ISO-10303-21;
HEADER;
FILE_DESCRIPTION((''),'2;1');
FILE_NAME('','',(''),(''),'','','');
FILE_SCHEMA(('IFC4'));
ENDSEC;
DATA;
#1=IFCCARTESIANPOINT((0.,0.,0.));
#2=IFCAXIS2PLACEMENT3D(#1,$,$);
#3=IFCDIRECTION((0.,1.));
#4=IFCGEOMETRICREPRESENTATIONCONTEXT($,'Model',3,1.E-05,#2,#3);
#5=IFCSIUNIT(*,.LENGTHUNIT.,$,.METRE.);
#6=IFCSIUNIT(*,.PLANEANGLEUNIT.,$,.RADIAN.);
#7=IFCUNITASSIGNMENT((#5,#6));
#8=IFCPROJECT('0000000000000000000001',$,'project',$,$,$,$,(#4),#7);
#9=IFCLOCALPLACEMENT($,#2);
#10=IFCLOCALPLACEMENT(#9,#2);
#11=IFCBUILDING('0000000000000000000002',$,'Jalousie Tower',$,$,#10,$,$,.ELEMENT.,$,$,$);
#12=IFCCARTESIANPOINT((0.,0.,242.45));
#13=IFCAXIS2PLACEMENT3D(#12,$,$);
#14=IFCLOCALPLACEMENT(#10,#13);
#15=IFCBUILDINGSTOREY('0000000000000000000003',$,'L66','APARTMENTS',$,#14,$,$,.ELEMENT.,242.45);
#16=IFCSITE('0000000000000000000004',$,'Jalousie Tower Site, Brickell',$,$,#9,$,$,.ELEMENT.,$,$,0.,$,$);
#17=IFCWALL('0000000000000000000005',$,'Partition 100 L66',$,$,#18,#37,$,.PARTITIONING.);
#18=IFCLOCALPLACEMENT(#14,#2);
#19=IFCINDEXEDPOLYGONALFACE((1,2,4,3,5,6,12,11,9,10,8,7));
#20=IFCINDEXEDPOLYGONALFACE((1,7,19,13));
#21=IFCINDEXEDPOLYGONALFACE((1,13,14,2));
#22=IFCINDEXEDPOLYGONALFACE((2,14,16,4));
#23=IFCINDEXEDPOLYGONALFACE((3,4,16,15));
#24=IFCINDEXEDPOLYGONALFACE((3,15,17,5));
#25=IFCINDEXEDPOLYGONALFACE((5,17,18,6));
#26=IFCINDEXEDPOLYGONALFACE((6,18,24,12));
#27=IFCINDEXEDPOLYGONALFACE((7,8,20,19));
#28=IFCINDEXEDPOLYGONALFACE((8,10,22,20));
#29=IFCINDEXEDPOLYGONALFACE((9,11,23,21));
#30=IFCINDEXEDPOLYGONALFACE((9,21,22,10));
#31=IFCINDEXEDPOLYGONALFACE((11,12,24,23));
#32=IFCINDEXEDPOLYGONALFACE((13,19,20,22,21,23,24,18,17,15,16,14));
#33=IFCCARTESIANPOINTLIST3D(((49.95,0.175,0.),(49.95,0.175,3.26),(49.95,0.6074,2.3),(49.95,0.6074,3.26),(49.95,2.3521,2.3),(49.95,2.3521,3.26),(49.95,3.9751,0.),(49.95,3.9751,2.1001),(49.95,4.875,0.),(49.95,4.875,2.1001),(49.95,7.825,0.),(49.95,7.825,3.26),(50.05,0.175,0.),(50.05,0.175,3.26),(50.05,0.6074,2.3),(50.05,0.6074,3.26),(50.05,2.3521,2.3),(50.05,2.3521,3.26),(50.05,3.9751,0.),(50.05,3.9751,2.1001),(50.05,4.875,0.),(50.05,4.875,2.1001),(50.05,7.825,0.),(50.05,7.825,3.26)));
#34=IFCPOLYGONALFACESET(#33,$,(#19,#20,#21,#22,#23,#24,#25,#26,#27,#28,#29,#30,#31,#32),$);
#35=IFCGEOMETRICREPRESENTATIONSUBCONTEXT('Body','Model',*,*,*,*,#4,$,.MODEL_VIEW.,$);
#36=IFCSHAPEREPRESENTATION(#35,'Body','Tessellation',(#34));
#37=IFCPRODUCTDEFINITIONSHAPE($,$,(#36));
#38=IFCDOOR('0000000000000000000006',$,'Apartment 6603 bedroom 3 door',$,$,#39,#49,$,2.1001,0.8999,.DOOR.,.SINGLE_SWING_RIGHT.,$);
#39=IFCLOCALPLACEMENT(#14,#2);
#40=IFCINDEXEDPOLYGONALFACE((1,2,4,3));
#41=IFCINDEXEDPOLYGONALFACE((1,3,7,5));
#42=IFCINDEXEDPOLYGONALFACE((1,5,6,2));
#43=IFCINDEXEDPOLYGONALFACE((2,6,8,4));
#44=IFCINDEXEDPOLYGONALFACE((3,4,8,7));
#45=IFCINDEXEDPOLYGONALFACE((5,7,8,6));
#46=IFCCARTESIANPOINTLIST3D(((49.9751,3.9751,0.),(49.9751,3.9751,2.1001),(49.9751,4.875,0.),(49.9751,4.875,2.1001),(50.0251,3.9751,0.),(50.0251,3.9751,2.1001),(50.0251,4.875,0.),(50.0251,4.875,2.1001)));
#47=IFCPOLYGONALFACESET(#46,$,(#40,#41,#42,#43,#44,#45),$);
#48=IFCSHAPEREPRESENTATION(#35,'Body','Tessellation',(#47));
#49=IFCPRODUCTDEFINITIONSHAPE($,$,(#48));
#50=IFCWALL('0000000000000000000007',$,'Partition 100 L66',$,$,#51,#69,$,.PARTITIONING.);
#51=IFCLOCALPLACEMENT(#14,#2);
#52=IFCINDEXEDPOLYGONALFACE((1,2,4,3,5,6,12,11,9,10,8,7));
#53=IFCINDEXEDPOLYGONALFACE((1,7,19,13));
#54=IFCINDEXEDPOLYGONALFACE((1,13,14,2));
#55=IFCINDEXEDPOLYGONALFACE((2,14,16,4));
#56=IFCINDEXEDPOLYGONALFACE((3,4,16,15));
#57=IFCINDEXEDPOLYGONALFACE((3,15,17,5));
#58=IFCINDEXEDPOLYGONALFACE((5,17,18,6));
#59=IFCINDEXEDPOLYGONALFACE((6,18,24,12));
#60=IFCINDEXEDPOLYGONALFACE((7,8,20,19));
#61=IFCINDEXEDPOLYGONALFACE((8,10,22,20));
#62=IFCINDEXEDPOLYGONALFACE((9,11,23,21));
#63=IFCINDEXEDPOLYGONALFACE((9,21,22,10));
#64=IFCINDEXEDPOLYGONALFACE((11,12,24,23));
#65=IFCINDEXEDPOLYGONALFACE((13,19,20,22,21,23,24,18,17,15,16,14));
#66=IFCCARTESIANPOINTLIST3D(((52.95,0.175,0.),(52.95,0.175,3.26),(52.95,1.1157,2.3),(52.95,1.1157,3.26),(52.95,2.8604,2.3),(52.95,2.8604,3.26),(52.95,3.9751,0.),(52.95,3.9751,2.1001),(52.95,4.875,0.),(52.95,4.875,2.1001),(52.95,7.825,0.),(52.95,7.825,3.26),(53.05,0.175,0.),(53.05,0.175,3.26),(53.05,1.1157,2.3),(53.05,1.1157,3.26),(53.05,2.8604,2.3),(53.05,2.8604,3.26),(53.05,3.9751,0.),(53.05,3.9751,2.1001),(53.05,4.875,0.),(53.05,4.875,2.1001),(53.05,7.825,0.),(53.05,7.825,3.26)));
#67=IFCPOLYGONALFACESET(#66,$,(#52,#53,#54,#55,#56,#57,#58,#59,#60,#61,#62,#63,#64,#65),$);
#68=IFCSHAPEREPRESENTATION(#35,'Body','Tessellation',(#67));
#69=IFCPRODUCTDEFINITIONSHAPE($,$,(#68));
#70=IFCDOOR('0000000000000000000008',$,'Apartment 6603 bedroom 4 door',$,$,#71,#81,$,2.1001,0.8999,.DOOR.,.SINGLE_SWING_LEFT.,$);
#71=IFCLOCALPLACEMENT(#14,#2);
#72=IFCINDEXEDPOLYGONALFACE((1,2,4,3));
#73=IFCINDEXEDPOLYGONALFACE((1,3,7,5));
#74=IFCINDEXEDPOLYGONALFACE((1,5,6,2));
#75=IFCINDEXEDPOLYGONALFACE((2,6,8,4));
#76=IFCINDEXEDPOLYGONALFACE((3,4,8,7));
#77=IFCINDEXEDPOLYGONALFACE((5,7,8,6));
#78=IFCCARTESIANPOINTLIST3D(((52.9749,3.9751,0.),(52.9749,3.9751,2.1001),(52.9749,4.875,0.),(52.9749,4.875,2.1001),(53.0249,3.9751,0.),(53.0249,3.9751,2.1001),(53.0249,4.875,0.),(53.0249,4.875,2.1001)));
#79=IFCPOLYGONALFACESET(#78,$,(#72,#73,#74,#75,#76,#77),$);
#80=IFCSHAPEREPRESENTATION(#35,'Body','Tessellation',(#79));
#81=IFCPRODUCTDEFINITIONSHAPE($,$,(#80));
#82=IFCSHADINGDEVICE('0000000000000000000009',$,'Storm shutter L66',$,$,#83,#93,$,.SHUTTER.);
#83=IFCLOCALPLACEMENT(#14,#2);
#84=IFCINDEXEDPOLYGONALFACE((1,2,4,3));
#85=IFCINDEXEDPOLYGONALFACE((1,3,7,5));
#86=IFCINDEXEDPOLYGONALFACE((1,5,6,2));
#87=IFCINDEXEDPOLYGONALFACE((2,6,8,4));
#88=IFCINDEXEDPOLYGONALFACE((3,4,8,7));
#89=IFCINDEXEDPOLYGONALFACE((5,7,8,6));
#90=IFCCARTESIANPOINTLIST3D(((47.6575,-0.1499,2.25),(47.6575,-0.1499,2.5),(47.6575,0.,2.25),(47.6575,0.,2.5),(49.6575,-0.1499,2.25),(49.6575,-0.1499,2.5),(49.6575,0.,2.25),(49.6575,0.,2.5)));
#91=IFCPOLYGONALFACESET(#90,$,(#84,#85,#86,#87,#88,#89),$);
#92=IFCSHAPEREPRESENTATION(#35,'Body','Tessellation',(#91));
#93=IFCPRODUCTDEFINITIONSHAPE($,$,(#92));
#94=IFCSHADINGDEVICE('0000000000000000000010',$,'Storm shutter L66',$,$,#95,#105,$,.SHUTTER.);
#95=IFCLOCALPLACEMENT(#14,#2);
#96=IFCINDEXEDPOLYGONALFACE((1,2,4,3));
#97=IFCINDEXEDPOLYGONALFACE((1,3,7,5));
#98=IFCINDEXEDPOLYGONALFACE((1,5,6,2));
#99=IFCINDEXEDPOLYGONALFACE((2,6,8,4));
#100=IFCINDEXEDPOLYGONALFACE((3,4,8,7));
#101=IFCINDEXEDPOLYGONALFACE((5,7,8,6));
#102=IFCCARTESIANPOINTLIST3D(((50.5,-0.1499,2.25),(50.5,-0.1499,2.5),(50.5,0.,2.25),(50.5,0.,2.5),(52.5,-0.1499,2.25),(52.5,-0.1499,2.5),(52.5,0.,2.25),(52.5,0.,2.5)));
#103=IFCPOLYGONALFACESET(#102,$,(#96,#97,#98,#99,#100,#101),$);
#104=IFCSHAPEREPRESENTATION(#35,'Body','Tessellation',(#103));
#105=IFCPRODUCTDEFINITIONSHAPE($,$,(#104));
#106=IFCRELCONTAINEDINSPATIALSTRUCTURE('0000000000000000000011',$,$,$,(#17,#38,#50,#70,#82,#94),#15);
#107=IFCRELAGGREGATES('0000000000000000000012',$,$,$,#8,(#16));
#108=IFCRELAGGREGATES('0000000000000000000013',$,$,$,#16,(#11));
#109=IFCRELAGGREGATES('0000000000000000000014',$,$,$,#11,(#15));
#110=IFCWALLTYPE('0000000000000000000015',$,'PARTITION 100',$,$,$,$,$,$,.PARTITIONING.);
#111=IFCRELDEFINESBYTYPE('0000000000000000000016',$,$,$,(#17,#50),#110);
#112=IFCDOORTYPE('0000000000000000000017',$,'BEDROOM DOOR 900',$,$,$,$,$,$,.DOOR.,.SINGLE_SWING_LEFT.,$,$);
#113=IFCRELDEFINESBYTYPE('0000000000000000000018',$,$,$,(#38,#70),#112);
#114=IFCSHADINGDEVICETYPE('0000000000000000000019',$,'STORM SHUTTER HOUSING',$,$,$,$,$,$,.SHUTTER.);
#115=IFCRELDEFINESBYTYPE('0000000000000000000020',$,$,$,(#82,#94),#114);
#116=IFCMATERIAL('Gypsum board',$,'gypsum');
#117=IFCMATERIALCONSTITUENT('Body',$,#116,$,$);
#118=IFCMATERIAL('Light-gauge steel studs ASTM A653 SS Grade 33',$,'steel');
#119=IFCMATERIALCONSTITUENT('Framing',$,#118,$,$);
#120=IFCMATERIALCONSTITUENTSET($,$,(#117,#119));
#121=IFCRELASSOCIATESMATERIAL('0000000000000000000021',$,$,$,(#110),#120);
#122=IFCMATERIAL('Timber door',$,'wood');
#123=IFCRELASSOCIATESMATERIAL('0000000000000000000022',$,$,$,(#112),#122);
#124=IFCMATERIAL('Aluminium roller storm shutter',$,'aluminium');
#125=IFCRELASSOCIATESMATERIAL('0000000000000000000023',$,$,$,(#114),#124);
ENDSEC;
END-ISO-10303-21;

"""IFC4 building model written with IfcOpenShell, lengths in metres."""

from ifc_helpers import new_model, si_unit, direction, frame, frame_2d, origin, origin_2d, place, context, subcontext, project, spatial, polyline, rectangle, outline, extrude, material, constituent, constituent_set, type_object, element, fill, save


model = new_model("IFC4")

# Units and contexts
model_context = context("Model", 3, precision=1e-05, world=origin(), true_north=direction((0.0, 1.0)))
body_context = subcontext(model_context, "Body", "Model", "MODEL_VIEW")
ifc_project = project(units=[si_unit("LENGTHUNIT", "METRE"), si_unit("PLANEANGLEUNIT", "RADIAN")], contexts=[model_context])

# Site, building, storey
site_placement = place(None, origin())
site = spatial("IfcSite", under=ifc_project, at=site_placement, Name="Jalousie Tower Site, Brickell", CompositionType="ELEMENT", RefElevation=0.0)
building_placement = place(site_placement, origin())
building = spatial("IfcBuilding", under=site, at=building_placement, Name="Jalousie Tower", CompositionType="ELEMENT")
storey_placement = place(building_placement, frame((0.0, 0.0, 242.45)))
storey = spatial("IfcBuildingStorey", under=building, at=storey_placement, Name="L66", Description="APARTMENTS", CompositionType="ELEMENT", Elevation=242.45)

# Walls, openings, doors
ifc_material_1 = material(Name="Gypsum board", Category="gypsum")
ifc_constituent_1 = constituent(ifc_material_1, Name="Body")
ifc_material_2 = material(Name="Light-gauge steel studs ASTM A653 SS Grade 33", Category="steel")
ifc_constituent_2 = constituent(ifc_material_2, Name="Framing")
ifc_constituent_set_1 = constituent_set(constituents=[ifc_constituent_1, ifc_constituent_2])
wall_type_1 = type_object("IfcWallType", Name="PARTITION 100", PredefinedType="PARTITIONING", material=ifc_constituent_set_1)
wall_1_placement = place(storey_placement, frame((50.0, 0.175, 0.0), z_axis=(0.0, 0.0, 1.0), x_axis=(0.0, 1.0, 0.0)))
wall_1 = element("IfcWall", 1, at=wall_1_placement, inside=storey, type_object=wall_type_1, Name="Partition 100 L66", PredefinedType="PARTITIONING", context=body_context, shape_type="SweptSolid", body=[
    extrude(outline(polyline([(0.0, 0.0), (7.6499, 0.0), (7.6499, 3.26), (2.177, 3.26), (2.177, 2.3), (0.4324, 2.3), (0.4324, 3.26), (0.0, 3.26), (0.0, 0.0)])), frame((0.0, 0.05, 0.0), z_axis=(0.0, -1.0, 0.0), x_axis=(1.0, 0.0, 0.0)), (0.0, 0.0, 1.0), 0.1001),
])
opening_1_placement = place(wall_1_placement, frame((3.8, 0.0, 0.0)))
opening_1 = element("IfcOpeningElement", 2, at=opening_1_placement, cuts=wall_1, PredefinedType="OPENING", context=body_context, shape_type="SweptSolid", body=[
    extrude(rectangle(XDim=0.8999, YDim=2.1001, at=frame_2d((0.45, 1.05))), frame((0.0, 0.0601, 0.0), z_axis=(0.0, -1.0, 0.0), x_axis=(1.0, 0.0, 0.0)), (0.0, 0.0, 1.0), 0.1201),
])
ifc_material_3 = material(Name="Timber door", Category="wood")
door_type = type_object("IfcDoorType", Name="BEDROOM DOOR 900", OperationType="SINGLE_SWING_LEFT", PredefinedType="DOOR", material=ifc_material_3)
door_1_placement = place(opening_1_placement, origin())
door_1 = element("IfcDoor", 3, at=door_1_placement, inside=storey, type_object=door_type, Name="Apartment 6603 bedroom 3 door", OperationType="SINGLE_SWING_RIGHT", OverallHeight=2.1001, OverallWidth=0.8999, PredefinedType="DOOR", context=body_context, shape_type="SweptSolid", body=[
    extrude(rectangle(XDim=0.8999, YDim=2.1001, at=frame_2d((0.45, 1.05))), frame((0.0, 0.0249, 0.0), z_axis=(0.0, -1.0, 0.0), x_axis=(1.0, 0.0, 0.0)), (0.0, 0.0, 1.0), 0.05),
])
fill(opening_1, door_1)
wall_2_placement = place(storey_placement, frame((53.0, 0.175, 0.0), z_axis=(0.0, 0.0, 1.0), x_axis=(0.0, 1.0, 0.0)))
wall_2 = element("IfcWall", 4, at=wall_2_placement, inside=storey, type_object=wall_type_1, Name="Partition 100 L66", PredefinedType="PARTITIONING", context=body_context, shape_type="SweptSolid", body=[
    extrude(outline(polyline([(0.0, 0.0), (7.6499, 0.0), (7.6499, 3.26), (2.6853, 3.26), (2.6853, 2.3), (0.9407, 2.3), (0.9407, 3.26), (0.0, 3.26), (0.0, 0.0)])), frame((0.0, 0.05, 0.0), z_axis=(0.0, -1.0, 0.0), x_axis=(1.0, 0.0, 0.0)), (0.0, 0.0, 1.0), 0.1001),
])
opening_2_placement = place(wall_2_placement, frame((3.8, 0.0, 0.0)))
opening_2 = element("IfcOpeningElement", 5, at=opening_2_placement, cuts=wall_2, PredefinedType="OPENING", context=body_context, shape_type="SweptSolid", body=[
    extrude(rectangle(XDim=0.8999, YDim=2.1001, at=frame_2d((0.45, 1.05))), frame((0.0, 0.0601, 0.0), z_axis=(0.0, -1.0, 0.0), x_axis=(1.0, 0.0, 0.0)), (0.0, 0.0, 1.0), 0.1201),
])
door_2_placement = place(opening_2_placement, frame((0.8999, 0.0, 0.0), z_axis=(0.0, 0.0, 1.0), x_axis=(-1.0, 0.0, 0.0)))
door_2 = element("IfcDoor", 6, at=door_2_placement, inside=storey, type_object=door_type, Name="Apartment 6603 bedroom 4 door", OperationType="SINGLE_SWING_LEFT", OverallHeight=2.1001, OverallWidth=0.8999, PredefinedType="DOOR", context=body_context, shape_type="SweptSolid", body=[
    extrude(rectangle(XDim=0.8999, YDim=2.1001, at=frame_2d((0.45, 1.05))), frame((0.0, 0.0249, 0.0), z_axis=(0.0, -1.0, 0.0), x_axis=(1.0, 0.0, 0.0)), (0.0, 0.0, 1.0), 0.05),
])
fill(opening_2, door_2)

# Shading devices
ifc_material_4 = material(Name="Aluminium roller storm shutter", Category="aluminium")
shading_device_type = type_object("IfcShadingDeviceType", Name="STORM SHUTTER HOUSING", PredefinedType="SHUTTER", material=ifc_material_4)
for number, where, z_axis, x_axis, name in (
    (7, (48.6575, -0.075, 2.25), (0.0, 0.0, 1.0), (1.0, 0.0, 0.0), "Storm shutter L66"),
    (8, (51.5, -0.075, 2.25), (0.0, 0.0, 1.0), (1.0, 0.0, 0.0), "Storm shutter L66"),
):
    element("IfcShadingDevice", number, at=place(storey_placement, frame(where, z_axis=z_axis, x_axis=x_axis)), inside=storey, type_object=shading_device_type, Name=name, PredefinedType="SHUTTER", context=body_context, shape_type="SweptSolid", body=[
        extrude(rectangle(XDim=2.0, YDim=0.1499, at=origin_2d()), origin(), (0.0, 0.0, 1.0), 0.25),
    ])

save(model, "model.ifc")
